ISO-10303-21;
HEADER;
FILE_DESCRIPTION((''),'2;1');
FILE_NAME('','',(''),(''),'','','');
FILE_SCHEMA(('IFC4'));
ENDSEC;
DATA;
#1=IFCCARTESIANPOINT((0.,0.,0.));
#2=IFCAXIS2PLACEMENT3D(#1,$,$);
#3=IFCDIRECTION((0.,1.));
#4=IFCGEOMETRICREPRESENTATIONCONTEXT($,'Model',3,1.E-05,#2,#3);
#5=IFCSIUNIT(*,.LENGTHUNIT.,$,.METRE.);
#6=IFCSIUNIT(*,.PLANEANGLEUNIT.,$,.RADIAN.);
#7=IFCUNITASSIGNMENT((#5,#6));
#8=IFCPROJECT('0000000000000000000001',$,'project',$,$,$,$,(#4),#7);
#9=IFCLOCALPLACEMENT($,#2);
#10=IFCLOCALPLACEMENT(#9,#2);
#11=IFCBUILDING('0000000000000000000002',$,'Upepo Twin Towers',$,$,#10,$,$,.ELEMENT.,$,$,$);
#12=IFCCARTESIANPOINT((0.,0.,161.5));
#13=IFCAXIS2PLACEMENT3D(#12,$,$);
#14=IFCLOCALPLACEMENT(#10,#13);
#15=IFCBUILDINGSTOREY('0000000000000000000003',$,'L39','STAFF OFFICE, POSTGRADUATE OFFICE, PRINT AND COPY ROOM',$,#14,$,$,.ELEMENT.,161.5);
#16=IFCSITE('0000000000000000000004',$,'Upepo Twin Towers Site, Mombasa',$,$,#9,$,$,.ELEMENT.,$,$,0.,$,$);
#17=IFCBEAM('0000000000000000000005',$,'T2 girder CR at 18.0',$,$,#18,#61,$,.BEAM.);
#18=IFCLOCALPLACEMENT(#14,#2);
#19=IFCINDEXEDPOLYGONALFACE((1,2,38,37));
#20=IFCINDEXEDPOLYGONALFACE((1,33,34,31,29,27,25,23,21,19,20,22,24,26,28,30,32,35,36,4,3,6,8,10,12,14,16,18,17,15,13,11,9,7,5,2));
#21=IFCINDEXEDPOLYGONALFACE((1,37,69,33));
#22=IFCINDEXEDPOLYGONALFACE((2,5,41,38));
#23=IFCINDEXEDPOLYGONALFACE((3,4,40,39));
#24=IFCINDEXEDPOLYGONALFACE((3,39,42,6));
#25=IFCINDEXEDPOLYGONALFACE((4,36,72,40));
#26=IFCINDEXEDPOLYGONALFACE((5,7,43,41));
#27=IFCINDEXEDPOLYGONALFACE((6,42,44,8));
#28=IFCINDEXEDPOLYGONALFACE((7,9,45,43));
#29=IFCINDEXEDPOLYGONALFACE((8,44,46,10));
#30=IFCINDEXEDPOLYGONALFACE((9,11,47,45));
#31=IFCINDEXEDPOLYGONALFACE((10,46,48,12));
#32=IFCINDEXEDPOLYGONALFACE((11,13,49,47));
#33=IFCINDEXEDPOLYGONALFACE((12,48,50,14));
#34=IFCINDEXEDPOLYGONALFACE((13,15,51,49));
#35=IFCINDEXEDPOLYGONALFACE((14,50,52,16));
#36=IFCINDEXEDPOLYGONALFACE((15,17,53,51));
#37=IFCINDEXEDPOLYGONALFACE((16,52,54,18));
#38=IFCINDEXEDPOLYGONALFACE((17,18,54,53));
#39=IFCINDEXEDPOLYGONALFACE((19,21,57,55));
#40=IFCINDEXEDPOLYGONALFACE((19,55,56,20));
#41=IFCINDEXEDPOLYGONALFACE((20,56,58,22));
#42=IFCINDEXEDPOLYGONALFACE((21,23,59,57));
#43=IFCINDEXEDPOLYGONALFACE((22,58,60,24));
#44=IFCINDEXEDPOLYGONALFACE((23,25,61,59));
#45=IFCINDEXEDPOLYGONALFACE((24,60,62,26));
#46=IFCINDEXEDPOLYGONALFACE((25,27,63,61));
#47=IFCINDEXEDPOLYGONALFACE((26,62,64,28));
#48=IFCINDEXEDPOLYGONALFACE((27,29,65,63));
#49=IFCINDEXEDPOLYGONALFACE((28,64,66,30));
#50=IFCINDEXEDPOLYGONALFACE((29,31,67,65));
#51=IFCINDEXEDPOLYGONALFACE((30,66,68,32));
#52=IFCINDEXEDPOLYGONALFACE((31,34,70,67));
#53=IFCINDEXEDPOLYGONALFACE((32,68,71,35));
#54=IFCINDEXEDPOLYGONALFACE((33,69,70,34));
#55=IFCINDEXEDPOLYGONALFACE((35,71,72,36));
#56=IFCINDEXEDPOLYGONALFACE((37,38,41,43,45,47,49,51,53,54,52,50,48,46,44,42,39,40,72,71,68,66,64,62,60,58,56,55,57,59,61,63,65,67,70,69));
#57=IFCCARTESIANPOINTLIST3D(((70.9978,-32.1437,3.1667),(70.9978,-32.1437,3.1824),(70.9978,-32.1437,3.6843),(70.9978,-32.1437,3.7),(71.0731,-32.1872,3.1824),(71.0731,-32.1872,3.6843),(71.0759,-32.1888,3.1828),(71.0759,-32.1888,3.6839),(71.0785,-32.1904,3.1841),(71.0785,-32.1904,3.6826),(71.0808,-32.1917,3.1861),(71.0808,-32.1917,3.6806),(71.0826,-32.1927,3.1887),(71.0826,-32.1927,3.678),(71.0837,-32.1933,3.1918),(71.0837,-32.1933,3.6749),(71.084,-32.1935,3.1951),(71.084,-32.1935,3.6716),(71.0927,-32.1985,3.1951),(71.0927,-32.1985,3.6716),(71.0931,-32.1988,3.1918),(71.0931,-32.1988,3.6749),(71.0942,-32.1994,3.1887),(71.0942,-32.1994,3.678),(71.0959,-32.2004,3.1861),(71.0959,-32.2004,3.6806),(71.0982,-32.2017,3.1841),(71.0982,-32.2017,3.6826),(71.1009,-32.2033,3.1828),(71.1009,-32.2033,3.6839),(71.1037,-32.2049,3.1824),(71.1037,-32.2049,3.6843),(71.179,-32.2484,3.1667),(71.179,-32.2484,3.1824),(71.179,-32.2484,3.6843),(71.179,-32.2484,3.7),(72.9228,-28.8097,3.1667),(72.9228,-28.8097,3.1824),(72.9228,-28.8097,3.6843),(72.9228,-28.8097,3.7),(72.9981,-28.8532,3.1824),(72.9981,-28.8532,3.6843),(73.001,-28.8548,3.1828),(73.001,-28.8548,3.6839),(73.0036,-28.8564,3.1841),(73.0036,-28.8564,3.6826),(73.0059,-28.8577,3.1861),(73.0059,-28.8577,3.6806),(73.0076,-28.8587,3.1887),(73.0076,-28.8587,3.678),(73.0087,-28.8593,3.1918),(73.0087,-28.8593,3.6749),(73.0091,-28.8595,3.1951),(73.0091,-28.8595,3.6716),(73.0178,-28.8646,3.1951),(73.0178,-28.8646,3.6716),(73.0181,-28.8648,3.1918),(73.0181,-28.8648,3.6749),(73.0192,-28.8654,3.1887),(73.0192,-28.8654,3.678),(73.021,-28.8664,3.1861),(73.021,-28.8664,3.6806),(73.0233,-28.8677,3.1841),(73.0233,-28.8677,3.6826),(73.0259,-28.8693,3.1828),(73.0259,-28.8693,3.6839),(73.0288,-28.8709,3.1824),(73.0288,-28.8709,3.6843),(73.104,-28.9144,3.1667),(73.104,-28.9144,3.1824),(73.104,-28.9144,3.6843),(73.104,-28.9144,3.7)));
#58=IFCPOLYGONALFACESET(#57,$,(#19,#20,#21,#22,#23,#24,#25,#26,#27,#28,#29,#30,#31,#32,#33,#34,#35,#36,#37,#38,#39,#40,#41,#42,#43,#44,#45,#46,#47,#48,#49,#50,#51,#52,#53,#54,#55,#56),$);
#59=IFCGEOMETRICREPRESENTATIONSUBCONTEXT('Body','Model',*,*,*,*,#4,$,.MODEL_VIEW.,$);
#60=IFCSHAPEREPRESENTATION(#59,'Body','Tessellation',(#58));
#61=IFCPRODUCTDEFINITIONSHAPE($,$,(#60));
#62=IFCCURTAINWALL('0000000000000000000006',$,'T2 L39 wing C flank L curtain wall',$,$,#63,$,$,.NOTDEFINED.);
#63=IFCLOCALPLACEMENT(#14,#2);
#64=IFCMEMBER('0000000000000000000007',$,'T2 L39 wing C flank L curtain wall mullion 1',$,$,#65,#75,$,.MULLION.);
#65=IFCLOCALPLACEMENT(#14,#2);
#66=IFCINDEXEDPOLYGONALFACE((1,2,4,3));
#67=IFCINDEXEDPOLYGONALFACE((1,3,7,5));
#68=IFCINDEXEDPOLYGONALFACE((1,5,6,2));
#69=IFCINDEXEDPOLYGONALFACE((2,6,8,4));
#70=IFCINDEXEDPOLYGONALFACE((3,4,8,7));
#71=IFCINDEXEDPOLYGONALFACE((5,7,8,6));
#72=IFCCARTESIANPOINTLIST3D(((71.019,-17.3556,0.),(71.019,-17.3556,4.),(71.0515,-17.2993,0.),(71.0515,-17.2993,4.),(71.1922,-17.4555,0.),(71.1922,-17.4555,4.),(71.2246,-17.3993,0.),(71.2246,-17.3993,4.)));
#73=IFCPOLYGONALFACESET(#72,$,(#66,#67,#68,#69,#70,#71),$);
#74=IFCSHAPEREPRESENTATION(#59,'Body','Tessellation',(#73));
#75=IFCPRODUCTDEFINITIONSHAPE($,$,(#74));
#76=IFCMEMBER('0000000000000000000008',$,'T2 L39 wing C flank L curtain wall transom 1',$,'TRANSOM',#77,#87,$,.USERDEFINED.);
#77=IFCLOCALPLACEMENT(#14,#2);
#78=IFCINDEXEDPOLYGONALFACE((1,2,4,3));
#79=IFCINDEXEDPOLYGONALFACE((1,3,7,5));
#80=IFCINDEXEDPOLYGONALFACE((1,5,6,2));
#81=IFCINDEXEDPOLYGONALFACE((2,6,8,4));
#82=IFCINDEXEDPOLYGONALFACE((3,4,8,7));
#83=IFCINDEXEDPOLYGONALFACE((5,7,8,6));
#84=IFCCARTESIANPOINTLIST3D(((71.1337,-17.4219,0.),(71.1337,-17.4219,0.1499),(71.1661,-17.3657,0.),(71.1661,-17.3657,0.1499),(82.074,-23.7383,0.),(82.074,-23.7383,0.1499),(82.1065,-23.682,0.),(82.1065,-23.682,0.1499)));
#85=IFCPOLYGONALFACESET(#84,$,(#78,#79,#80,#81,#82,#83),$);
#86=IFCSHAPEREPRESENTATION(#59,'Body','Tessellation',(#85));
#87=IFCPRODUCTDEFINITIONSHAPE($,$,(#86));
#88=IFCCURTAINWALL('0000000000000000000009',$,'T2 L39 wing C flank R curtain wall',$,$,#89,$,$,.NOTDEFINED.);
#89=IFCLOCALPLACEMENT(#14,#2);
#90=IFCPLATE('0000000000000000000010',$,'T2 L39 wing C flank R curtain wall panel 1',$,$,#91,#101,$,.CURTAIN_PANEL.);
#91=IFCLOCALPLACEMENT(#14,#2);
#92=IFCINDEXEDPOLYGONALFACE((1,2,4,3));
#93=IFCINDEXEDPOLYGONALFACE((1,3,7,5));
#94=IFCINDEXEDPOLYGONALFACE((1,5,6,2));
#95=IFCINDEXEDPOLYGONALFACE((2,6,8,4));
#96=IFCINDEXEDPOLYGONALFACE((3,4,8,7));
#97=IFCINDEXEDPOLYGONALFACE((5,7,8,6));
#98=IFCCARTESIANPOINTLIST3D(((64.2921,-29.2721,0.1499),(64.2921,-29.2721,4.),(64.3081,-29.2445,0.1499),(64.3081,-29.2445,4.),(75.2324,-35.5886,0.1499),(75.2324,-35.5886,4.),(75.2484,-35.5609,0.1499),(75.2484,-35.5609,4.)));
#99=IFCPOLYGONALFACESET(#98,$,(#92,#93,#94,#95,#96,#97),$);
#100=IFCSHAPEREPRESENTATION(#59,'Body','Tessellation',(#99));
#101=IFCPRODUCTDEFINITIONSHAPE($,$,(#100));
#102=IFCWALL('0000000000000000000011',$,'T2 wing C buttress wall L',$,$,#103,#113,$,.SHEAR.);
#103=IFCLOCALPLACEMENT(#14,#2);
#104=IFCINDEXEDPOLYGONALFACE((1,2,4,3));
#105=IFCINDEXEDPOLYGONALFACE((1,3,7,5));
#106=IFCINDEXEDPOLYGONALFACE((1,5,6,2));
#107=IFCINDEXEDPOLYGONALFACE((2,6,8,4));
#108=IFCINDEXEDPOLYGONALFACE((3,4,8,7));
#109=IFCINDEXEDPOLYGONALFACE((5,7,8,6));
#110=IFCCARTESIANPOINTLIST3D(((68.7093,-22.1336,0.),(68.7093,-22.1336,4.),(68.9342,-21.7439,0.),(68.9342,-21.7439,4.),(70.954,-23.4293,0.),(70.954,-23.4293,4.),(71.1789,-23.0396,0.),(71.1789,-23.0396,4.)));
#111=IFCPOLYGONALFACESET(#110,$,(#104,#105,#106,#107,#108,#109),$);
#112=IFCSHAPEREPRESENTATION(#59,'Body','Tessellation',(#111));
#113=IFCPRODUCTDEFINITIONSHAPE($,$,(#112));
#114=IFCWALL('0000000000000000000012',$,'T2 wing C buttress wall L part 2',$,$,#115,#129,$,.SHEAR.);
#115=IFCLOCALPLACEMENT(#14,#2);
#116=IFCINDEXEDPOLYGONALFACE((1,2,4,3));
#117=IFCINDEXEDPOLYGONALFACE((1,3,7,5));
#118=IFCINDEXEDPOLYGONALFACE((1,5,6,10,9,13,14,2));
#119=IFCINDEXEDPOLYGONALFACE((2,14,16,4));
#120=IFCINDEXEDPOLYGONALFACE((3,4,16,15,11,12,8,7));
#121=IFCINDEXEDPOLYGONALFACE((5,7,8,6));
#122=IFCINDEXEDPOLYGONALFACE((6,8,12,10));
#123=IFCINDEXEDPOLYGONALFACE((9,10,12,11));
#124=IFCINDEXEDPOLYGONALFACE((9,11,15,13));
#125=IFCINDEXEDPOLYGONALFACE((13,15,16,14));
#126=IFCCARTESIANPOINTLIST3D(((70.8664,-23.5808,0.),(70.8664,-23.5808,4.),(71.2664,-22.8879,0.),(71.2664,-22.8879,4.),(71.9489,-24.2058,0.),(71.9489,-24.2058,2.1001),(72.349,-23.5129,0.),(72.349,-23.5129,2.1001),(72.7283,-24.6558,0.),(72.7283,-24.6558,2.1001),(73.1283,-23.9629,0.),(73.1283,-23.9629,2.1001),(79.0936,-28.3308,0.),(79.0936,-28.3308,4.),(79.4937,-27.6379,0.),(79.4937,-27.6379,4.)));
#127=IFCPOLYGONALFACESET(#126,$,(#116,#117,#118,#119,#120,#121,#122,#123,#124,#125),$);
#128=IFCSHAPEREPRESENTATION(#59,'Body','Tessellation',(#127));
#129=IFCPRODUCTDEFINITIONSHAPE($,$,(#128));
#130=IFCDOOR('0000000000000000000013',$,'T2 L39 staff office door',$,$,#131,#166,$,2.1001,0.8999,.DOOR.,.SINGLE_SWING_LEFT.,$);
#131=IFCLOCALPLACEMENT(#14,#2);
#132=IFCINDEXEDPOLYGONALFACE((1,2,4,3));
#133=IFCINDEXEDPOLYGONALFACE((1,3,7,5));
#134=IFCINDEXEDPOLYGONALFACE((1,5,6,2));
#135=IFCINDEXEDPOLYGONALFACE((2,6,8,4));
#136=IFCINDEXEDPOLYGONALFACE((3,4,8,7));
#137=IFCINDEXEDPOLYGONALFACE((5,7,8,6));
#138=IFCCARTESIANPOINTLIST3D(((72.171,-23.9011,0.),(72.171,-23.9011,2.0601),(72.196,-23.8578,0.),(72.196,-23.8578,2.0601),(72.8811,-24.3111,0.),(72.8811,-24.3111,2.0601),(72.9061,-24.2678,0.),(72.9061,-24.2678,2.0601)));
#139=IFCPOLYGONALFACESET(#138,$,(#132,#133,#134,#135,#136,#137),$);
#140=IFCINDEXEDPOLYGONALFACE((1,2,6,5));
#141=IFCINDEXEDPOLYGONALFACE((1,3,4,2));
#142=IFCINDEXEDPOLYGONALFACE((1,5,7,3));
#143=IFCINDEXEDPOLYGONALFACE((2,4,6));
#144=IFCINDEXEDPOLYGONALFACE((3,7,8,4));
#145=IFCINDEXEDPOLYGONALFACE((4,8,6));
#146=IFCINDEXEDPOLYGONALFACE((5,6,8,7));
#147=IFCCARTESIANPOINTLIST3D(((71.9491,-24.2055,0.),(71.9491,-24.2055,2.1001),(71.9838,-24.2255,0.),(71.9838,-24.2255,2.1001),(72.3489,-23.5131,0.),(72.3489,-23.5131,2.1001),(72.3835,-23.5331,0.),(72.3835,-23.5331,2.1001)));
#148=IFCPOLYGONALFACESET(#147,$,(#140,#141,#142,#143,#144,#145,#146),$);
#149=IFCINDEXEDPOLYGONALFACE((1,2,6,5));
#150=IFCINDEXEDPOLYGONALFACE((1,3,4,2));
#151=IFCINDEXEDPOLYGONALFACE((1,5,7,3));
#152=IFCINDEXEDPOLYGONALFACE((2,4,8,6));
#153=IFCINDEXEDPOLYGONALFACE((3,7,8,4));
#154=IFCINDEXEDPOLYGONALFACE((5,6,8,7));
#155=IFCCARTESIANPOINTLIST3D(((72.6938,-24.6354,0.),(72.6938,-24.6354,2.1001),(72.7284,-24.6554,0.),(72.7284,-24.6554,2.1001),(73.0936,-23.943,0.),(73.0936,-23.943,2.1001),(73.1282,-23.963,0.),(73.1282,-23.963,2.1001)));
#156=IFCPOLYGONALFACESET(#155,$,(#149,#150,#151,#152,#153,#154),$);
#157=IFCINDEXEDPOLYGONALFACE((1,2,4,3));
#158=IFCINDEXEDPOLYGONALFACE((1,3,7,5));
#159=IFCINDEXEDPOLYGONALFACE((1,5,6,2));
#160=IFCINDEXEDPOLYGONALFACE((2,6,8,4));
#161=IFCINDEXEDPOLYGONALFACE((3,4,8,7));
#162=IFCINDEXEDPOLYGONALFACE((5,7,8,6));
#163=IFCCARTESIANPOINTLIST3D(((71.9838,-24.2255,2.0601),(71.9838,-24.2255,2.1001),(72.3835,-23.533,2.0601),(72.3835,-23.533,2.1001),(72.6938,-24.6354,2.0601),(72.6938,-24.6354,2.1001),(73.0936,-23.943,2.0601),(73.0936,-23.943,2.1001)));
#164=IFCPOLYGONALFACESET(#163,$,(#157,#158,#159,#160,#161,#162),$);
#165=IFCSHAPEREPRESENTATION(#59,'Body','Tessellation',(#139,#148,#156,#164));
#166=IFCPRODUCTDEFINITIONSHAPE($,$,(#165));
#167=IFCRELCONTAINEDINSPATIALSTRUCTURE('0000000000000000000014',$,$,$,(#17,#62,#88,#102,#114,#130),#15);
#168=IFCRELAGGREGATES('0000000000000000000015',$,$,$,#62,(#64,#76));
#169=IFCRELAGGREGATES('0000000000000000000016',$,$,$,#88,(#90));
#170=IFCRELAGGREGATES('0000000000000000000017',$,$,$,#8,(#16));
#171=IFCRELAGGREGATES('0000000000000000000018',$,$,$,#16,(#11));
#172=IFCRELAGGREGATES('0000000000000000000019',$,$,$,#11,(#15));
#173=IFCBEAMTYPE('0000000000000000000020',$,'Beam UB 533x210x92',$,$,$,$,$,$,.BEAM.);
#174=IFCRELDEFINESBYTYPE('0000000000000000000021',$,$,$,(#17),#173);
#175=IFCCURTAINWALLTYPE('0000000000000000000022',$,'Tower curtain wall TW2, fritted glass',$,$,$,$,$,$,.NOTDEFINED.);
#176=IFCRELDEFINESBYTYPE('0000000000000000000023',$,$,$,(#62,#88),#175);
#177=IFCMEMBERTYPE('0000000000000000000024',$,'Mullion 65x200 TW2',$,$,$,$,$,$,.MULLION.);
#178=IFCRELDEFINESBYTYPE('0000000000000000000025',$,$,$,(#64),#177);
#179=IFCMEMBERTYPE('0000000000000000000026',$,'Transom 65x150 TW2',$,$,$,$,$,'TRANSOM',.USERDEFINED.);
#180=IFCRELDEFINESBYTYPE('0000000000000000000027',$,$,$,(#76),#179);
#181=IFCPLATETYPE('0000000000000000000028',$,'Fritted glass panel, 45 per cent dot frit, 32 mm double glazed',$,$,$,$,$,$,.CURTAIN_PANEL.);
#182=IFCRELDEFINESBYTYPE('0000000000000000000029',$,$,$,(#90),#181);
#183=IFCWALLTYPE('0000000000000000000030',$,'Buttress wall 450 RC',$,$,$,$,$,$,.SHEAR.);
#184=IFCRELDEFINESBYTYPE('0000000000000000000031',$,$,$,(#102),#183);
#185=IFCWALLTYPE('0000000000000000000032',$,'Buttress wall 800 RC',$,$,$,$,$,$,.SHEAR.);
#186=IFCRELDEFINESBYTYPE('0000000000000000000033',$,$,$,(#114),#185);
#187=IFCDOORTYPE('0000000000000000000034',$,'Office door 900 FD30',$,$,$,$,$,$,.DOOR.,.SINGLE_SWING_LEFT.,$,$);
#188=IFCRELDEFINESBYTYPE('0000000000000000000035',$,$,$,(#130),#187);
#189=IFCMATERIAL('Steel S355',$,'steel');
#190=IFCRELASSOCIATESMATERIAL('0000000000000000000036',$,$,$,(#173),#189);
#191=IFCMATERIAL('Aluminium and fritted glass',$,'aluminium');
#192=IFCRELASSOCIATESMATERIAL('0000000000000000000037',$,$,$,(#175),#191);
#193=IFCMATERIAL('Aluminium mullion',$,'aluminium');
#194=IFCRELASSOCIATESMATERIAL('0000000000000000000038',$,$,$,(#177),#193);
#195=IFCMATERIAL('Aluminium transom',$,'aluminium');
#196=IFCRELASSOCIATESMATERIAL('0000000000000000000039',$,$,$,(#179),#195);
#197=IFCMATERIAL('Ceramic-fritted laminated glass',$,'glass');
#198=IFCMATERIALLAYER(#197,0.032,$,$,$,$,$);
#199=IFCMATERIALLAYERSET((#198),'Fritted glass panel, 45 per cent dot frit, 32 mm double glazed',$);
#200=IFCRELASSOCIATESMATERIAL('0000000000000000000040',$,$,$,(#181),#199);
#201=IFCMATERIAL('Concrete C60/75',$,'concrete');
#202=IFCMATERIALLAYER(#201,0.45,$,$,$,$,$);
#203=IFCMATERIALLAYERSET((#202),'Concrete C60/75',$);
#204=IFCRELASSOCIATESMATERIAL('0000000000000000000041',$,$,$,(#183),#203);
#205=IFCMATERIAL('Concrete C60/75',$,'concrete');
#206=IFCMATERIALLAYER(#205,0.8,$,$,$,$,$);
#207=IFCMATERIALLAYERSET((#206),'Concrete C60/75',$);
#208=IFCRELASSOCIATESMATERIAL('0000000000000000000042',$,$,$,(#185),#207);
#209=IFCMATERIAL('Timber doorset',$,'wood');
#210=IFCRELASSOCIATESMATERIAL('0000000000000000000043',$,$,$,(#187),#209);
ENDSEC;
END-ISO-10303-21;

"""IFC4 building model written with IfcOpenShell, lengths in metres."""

from ifc_helpers import new_model, si_unit, direction, frame, frame_2d, origin, origin_2d, place, context, subcontext, project, spatial, rectangle, i_section, extrude, material, layer, layer_set, material_profile, profile_set, type_object, element, fill, aggregate, save


model = new_model("IFC4")

# Units and contexts
model_context = context("Model", 3, precision=1e-05, world=origin(), true_north=direction((0.0, 1.0)))
body_context = subcontext(model_context, "Body", "Model", "MODEL_VIEW")
ifc_project = project(units=[si_unit("LENGTHUNIT", "METRE"), si_unit("PLANEANGLEUNIT", "RADIAN")], contexts=[model_context])

# Site, building, storey
site_placement = place(None, origin())
site = spatial("IfcSite", under=ifc_project, at=site_placement, Name="Upepo Twin Towers Site, Mombasa", CompositionType="ELEMENT", RefElevation=0.0)
building_placement = place(site_placement, origin())
building = spatial("IfcBuilding", under=site, at=building_placement, Name="Upepo Twin Towers", CompositionType="ELEMENT")
storey_placement = place(building_placement, frame((0.0, 0.0, 161.5)))
storey = spatial("IfcBuildingStorey", under=building, at=storey_placement, Name="L39", Description="STAFF OFFICE, POSTGRADUATE OFFICE, PRINT AND COPY ROOM", CompositionType="ELEMENT", Elevation=161.5)

# Beam
ifc_material_1 = material(Name="Steel S355", Category="steel")
ifc_material_profile_1 = material_profile(ifc_material_1, i_section(OverallWidth=0.2092, OverallDepth=0.5332, WebThickness=0.01, FlangeThickness=0.0156, FilletRadius=0.0127, at=origin_2d()), Name="UB 533x210x92")
ifc_profile_set_1 = profile_set([ifc_material_profile_1], Name="Steel S355")
beam_type_1 = type_object("IfcBeamType", Name="Beam UB 533x210x92", PredefinedType="BEAM", material=ifc_profile_set_1)
for number, where, z_axis, x_axis, name in (
    (1, (71.0884, -32.196, 3.4333), (0.500034, 0.866006, 0.0), (-0.866006, 0.500034, 0.0), "T2 girder CR at 18.0"),
):
    element("IfcBeam", number, at=place(storey_placement, frame(where, z_axis=z_axis, x_axis=x_axis)), inside=storey, type_object=beam_type_1, Name=name, PredefinedType="BEAM", context=body_context, shape_type="SweptSolid", body=[
        extrude(i_section(OverallWidth=0.2092, OverallDepth=0.5332, WebThickness=0.01, FlangeThickness=0.0156, FilletRadius=0.0127, at=origin_2d()), origin(), (0.0, 0.0, 1.0), 3.8499),
    ])

# Curtain wall, members
ifc_material_2 = material(Name="Aluminium and fritted glass", Category="aluminium")
curtain_wall_type = type_object("IfcCurtainWallType", Name="Tower curtain wall TW2, fritted glass", PredefinedType="NOTDEFINED", material=ifc_material_2)
curtain_wall_1_placement = place(storey_placement, origin())
curtain_wall_1 = element("IfcCurtainWall", 2, at=curtain_wall_1_placement, inside=storey, type_object=curtain_wall_type, Name="T2 L39 wing C flank L curtain wall", PredefinedType="NOTDEFINED")
ifc_material_3 = material(Name="Aluminium mullion", Category="aluminium")
ifc_material_profile_2 = material_profile(ifc_material_3, rectangle(XDim=0.0649, YDim=0.2, at=origin_2d()), Name="MULLION 65x200")
ifc_profile_set_2 = profile_set([ifc_material_profile_2], Name="Aluminium mullion")
member_type_1 = type_object("IfcMemberType", Name="Mullion 65x200 TW2", PredefinedType="MULLION", material=ifc_profile_set_2)
member_1_placement = place(storey_placement, frame((71.1218, -17.3774, 0.0), z_axis=(0.0, 0.0, 1.0), x_axis=(0.5, 0.866025, 0.0)))
member_1 = element("IfcMember", 3, at=member_1_placement, type_object=member_type_1, Name="T2 L39 wing C flank L curtain wall mullion 1", PredefinedType="MULLION", context=body_context, shape_type="SweptSolid", body=[
    extrude(rectangle(XDim=0.0649, YDim=0.2, at=origin_2d()), origin(), (0.0, 0.0, 1.0), 4.0),
])
ifc_material_4 = material(Name="Aluminium transom", Category="aluminium")
ifc_material_profile_3 = material_profile(ifc_material_4, rectangle(XDim=0.0649, YDim=0.1499, at=origin_2d()), Name="TRANSOM 65x150")
ifc_profile_set_3 = profile_set([ifc_material_profile_3], Name="Aluminium transom")
member_type_2 = type_object("IfcMemberType", Name="Transom 65x150 TW2", ElementType="TRANSOM", PredefinedType="USERDEFINED", material=ifc_profile_set_3)
member_2_placement = place(storey_placement, frame((71.1499, -17.3938, 0.075), z_axis=(0.866027, -0.499997, 0.0), x_axis=(0.499997, 0.866027, 0.0)))
member_2 = element("IfcMember", 4, at=member_2_placement, type_object=member_type_2, Name="T2 L39 wing C flank L curtain wall transom 1", ObjectType="TRANSOM", PredefinedType="USERDEFINED", context=body_context, shape_type="SweptSolid", body=[
    extrude(rectangle(XDim=0.0649, YDim=0.1499, at=origin_2d()), origin(), (0.0, 0.0, 1.0), 12.6328),
])
aggregate(curtain_wall_1, [member_1, member_2])

# Curtain wall, plate
curtain_wall_2_placement = place(storey_placement, origin())
curtain_wall_2 = element("IfcCurtainWall", 5, at=curtain_wall_2_placement, inside=storey, type_object=curtain_wall_type, Name="T2 L39 wing C flank R curtain wall", PredefinedType="NOTDEFINED")
ifc_material_5 = material(Name="Ceramic-fritted laminated glass", Category="glass")
ifc_layer_1 = layer(ifc_material_5, 0.032)
ifc_layer_set_1 = layer_set([ifc_layer_1], Name="Fritted glass panel, 45 per cent dot frit, 32 mm double glazed")
plate_type = type_object("IfcPlateType", Name="Fritted glass panel, 45 per cent dot frit, 32 mm double glazed", PredefinedType="CURTAIN_PANEL", material=ifc_layer_set_1)
plate_placement = place(storey_placement, frame((69.7703, -32.4165, 0.1499), z_axis=(0.0, 0.0, 1.0), x_axis=(-0.866025, 0.5, 0.0)))
plate = element("IfcPlate", 6, at=plate_placement, type_object=plate_type, Name="T2 L39 wing C flank R curtain wall panel 1", PredefinedType="CURTAIN_PANEL", context=body_context, shape_type="SweptSolid", body=[
    extrude(rectangle(XDim=12.6328, YDim=0.032, at=origin_2d()), origin(), (0.0, 0.0, 1.0), 3.8501),
])
aggregate(curtain_wall_2, [plate])

# Wall
ifc_material_6 = material(Name="Concrete C60/75", Category="concrete")
ifc_layer_2 = layer(ifc_material_6, 0.45)
ifc_layer_set_2 = layer_set([ifc_layer_2], Name="Concrete C60/75")
wall_type_1 = type_object("IfcWallType", Name="Buttress wall 450 RC", PredefinedType="SHEAR", material=ifc_layer_set_2)
wall_1_placement = place(storey_placement, frame((68.8218, -21.9387, 0.0), z_axis=(0.0, 0.0, 1.0), x_axis=(0.866073, -0.499918, 0.0)))
element("IfcWall", 7, at=wall_1_placement, inside=storey, type_object=wall_type_1, Name="T2 wing C buttress wall L", PredefinedType="SHEAR", context=body_context, shape_type="SweptSolid", body=[
    extrude(rectangle(XDim=2.5918, YDim=0.45, at=frame_2d((1.2959, 0.0))), origin(), (0.0, 0.0, 1.0), 4.0),
])

# Wall, opening, door
ifc_material_7 = material(Name="Concrete C60/75", Category="concrete")
ifc_layer_3 = layer(ifc_material_7, 0.8)
ifc_layer_set_3 = layer_set([ifc_layer_3], Name="Concrete C60/75")
wall_type_2 = type_object("IfcWallType", Name="Buttress wall 800 RC", PredefinedType="SHEAR", material=ifc_layer_set_3)
wall_2_placement = place(storey_placement, frame((71.0664, -23.2344, 0.0), z_axis=(0.0, 0.0, 1.0), x_axis=(0.866027, -0.499998, 0.0)))
wall_2 = element("IfcWall", 8, at=wall_2_placement, inside=storey, type_object=wall_type_2, Name="T2 wing C buttress wall L part 2", PredefinedType="SHEAR", context=body_context, shape_type="SweptSolid", body=[
    extrude(rectangle(XDim=9.5, YDim=0.8, at=frame_2d((4.75, 0.0))), origin(), (0.0, 0.0, 1.0), 4.0),
])
opening_1_placement = place(wall_2_placement, frame((1.25, 0.0, 0.0)))
opening_1 = element("IfcOpeningElement", 9, at=opening_1_placement, cuts=wall_2, PredefinedType="OPENING", context=body_context, shape_type="SweptSolid", body=[
    extrude(rectangle(XDim=0.8999, YDim=2.1001, at=frame_2d((0.45, 1.05))), frame((0.0, 0.4099, 0.0), z_axis=(0.0, -1.0, 0.0), x_axis=(1.0, 0.0, 0.0)), (0.0, 0.0, 1.0), 0.8201),
])
ifc_material_8 = material(Name="Timber doorset", Category="wood")
door_type = type_object("IfcDoorType", Name="Office door 900 FD30", OperationType="SINGLE_SWING_LEFT", PredefinedType="DOOR", material=ifc_material_8)
door_1_placement = place(opening_1_placement, origin())
door_1 = element("IfcDoor", 10, at=door_1_placement, inside=storey, type_object=door_type, Name="T2 L39 staff office door", OperationType="SINGLE_SWING_LEFT", OverallHeight=2.1001, OverallWidth=0.8999, PredefinedType="DOOR", context=body_context, shape_type="SweptSolid", body=[
    extrude(rectangle(XDim=0.8199, YDim=2.0601, at=frame_2d((0.45, 1.03))), frame((0.0, 0.0249, 0.0), z_axis=(0.0, -1.0, 0.0), x_axis=(1.0, 0.0, 0.0)), (0.0, 0.0, 1.0), 0.05),
    extrude(rectangle(XDim=0.04, YDim=2.1001, at=frame_2d((0.02, 1.05))), frame((0.0, 0.3999, 0.0), z_axis=(0.0, -1.0, 0.0), x_axis=(1.0, 0.0, 0.0)), (0.0, 0.0, 1.0), 0.7996),
    extrude(rectangle(XDim=0.04, YDim=2.1001, at=frame_2d((0.8799, 1.05))), frame((0.0, 0.3999, 0.0), z_axis=(0.0, -1.0, 0.0), x_axis=(1.0, 0.0, 0.0)), (0.0, 0.0, 1.0), 0.7996),
    extrude(rectangle(XDim=0.8199, YDim=0.04, at=frame_2d((0.45, 2.0801))), frame((0.0, 0.3999, 0.0), z_axis=(0.0, -1.0, 0.0), x_axis=(1.0, 0.0, 0.0)), (0.0, 0.0, 1.0), 0.7996),
])
fill(opening_1, door_1)

save(model, "model.ifc")
